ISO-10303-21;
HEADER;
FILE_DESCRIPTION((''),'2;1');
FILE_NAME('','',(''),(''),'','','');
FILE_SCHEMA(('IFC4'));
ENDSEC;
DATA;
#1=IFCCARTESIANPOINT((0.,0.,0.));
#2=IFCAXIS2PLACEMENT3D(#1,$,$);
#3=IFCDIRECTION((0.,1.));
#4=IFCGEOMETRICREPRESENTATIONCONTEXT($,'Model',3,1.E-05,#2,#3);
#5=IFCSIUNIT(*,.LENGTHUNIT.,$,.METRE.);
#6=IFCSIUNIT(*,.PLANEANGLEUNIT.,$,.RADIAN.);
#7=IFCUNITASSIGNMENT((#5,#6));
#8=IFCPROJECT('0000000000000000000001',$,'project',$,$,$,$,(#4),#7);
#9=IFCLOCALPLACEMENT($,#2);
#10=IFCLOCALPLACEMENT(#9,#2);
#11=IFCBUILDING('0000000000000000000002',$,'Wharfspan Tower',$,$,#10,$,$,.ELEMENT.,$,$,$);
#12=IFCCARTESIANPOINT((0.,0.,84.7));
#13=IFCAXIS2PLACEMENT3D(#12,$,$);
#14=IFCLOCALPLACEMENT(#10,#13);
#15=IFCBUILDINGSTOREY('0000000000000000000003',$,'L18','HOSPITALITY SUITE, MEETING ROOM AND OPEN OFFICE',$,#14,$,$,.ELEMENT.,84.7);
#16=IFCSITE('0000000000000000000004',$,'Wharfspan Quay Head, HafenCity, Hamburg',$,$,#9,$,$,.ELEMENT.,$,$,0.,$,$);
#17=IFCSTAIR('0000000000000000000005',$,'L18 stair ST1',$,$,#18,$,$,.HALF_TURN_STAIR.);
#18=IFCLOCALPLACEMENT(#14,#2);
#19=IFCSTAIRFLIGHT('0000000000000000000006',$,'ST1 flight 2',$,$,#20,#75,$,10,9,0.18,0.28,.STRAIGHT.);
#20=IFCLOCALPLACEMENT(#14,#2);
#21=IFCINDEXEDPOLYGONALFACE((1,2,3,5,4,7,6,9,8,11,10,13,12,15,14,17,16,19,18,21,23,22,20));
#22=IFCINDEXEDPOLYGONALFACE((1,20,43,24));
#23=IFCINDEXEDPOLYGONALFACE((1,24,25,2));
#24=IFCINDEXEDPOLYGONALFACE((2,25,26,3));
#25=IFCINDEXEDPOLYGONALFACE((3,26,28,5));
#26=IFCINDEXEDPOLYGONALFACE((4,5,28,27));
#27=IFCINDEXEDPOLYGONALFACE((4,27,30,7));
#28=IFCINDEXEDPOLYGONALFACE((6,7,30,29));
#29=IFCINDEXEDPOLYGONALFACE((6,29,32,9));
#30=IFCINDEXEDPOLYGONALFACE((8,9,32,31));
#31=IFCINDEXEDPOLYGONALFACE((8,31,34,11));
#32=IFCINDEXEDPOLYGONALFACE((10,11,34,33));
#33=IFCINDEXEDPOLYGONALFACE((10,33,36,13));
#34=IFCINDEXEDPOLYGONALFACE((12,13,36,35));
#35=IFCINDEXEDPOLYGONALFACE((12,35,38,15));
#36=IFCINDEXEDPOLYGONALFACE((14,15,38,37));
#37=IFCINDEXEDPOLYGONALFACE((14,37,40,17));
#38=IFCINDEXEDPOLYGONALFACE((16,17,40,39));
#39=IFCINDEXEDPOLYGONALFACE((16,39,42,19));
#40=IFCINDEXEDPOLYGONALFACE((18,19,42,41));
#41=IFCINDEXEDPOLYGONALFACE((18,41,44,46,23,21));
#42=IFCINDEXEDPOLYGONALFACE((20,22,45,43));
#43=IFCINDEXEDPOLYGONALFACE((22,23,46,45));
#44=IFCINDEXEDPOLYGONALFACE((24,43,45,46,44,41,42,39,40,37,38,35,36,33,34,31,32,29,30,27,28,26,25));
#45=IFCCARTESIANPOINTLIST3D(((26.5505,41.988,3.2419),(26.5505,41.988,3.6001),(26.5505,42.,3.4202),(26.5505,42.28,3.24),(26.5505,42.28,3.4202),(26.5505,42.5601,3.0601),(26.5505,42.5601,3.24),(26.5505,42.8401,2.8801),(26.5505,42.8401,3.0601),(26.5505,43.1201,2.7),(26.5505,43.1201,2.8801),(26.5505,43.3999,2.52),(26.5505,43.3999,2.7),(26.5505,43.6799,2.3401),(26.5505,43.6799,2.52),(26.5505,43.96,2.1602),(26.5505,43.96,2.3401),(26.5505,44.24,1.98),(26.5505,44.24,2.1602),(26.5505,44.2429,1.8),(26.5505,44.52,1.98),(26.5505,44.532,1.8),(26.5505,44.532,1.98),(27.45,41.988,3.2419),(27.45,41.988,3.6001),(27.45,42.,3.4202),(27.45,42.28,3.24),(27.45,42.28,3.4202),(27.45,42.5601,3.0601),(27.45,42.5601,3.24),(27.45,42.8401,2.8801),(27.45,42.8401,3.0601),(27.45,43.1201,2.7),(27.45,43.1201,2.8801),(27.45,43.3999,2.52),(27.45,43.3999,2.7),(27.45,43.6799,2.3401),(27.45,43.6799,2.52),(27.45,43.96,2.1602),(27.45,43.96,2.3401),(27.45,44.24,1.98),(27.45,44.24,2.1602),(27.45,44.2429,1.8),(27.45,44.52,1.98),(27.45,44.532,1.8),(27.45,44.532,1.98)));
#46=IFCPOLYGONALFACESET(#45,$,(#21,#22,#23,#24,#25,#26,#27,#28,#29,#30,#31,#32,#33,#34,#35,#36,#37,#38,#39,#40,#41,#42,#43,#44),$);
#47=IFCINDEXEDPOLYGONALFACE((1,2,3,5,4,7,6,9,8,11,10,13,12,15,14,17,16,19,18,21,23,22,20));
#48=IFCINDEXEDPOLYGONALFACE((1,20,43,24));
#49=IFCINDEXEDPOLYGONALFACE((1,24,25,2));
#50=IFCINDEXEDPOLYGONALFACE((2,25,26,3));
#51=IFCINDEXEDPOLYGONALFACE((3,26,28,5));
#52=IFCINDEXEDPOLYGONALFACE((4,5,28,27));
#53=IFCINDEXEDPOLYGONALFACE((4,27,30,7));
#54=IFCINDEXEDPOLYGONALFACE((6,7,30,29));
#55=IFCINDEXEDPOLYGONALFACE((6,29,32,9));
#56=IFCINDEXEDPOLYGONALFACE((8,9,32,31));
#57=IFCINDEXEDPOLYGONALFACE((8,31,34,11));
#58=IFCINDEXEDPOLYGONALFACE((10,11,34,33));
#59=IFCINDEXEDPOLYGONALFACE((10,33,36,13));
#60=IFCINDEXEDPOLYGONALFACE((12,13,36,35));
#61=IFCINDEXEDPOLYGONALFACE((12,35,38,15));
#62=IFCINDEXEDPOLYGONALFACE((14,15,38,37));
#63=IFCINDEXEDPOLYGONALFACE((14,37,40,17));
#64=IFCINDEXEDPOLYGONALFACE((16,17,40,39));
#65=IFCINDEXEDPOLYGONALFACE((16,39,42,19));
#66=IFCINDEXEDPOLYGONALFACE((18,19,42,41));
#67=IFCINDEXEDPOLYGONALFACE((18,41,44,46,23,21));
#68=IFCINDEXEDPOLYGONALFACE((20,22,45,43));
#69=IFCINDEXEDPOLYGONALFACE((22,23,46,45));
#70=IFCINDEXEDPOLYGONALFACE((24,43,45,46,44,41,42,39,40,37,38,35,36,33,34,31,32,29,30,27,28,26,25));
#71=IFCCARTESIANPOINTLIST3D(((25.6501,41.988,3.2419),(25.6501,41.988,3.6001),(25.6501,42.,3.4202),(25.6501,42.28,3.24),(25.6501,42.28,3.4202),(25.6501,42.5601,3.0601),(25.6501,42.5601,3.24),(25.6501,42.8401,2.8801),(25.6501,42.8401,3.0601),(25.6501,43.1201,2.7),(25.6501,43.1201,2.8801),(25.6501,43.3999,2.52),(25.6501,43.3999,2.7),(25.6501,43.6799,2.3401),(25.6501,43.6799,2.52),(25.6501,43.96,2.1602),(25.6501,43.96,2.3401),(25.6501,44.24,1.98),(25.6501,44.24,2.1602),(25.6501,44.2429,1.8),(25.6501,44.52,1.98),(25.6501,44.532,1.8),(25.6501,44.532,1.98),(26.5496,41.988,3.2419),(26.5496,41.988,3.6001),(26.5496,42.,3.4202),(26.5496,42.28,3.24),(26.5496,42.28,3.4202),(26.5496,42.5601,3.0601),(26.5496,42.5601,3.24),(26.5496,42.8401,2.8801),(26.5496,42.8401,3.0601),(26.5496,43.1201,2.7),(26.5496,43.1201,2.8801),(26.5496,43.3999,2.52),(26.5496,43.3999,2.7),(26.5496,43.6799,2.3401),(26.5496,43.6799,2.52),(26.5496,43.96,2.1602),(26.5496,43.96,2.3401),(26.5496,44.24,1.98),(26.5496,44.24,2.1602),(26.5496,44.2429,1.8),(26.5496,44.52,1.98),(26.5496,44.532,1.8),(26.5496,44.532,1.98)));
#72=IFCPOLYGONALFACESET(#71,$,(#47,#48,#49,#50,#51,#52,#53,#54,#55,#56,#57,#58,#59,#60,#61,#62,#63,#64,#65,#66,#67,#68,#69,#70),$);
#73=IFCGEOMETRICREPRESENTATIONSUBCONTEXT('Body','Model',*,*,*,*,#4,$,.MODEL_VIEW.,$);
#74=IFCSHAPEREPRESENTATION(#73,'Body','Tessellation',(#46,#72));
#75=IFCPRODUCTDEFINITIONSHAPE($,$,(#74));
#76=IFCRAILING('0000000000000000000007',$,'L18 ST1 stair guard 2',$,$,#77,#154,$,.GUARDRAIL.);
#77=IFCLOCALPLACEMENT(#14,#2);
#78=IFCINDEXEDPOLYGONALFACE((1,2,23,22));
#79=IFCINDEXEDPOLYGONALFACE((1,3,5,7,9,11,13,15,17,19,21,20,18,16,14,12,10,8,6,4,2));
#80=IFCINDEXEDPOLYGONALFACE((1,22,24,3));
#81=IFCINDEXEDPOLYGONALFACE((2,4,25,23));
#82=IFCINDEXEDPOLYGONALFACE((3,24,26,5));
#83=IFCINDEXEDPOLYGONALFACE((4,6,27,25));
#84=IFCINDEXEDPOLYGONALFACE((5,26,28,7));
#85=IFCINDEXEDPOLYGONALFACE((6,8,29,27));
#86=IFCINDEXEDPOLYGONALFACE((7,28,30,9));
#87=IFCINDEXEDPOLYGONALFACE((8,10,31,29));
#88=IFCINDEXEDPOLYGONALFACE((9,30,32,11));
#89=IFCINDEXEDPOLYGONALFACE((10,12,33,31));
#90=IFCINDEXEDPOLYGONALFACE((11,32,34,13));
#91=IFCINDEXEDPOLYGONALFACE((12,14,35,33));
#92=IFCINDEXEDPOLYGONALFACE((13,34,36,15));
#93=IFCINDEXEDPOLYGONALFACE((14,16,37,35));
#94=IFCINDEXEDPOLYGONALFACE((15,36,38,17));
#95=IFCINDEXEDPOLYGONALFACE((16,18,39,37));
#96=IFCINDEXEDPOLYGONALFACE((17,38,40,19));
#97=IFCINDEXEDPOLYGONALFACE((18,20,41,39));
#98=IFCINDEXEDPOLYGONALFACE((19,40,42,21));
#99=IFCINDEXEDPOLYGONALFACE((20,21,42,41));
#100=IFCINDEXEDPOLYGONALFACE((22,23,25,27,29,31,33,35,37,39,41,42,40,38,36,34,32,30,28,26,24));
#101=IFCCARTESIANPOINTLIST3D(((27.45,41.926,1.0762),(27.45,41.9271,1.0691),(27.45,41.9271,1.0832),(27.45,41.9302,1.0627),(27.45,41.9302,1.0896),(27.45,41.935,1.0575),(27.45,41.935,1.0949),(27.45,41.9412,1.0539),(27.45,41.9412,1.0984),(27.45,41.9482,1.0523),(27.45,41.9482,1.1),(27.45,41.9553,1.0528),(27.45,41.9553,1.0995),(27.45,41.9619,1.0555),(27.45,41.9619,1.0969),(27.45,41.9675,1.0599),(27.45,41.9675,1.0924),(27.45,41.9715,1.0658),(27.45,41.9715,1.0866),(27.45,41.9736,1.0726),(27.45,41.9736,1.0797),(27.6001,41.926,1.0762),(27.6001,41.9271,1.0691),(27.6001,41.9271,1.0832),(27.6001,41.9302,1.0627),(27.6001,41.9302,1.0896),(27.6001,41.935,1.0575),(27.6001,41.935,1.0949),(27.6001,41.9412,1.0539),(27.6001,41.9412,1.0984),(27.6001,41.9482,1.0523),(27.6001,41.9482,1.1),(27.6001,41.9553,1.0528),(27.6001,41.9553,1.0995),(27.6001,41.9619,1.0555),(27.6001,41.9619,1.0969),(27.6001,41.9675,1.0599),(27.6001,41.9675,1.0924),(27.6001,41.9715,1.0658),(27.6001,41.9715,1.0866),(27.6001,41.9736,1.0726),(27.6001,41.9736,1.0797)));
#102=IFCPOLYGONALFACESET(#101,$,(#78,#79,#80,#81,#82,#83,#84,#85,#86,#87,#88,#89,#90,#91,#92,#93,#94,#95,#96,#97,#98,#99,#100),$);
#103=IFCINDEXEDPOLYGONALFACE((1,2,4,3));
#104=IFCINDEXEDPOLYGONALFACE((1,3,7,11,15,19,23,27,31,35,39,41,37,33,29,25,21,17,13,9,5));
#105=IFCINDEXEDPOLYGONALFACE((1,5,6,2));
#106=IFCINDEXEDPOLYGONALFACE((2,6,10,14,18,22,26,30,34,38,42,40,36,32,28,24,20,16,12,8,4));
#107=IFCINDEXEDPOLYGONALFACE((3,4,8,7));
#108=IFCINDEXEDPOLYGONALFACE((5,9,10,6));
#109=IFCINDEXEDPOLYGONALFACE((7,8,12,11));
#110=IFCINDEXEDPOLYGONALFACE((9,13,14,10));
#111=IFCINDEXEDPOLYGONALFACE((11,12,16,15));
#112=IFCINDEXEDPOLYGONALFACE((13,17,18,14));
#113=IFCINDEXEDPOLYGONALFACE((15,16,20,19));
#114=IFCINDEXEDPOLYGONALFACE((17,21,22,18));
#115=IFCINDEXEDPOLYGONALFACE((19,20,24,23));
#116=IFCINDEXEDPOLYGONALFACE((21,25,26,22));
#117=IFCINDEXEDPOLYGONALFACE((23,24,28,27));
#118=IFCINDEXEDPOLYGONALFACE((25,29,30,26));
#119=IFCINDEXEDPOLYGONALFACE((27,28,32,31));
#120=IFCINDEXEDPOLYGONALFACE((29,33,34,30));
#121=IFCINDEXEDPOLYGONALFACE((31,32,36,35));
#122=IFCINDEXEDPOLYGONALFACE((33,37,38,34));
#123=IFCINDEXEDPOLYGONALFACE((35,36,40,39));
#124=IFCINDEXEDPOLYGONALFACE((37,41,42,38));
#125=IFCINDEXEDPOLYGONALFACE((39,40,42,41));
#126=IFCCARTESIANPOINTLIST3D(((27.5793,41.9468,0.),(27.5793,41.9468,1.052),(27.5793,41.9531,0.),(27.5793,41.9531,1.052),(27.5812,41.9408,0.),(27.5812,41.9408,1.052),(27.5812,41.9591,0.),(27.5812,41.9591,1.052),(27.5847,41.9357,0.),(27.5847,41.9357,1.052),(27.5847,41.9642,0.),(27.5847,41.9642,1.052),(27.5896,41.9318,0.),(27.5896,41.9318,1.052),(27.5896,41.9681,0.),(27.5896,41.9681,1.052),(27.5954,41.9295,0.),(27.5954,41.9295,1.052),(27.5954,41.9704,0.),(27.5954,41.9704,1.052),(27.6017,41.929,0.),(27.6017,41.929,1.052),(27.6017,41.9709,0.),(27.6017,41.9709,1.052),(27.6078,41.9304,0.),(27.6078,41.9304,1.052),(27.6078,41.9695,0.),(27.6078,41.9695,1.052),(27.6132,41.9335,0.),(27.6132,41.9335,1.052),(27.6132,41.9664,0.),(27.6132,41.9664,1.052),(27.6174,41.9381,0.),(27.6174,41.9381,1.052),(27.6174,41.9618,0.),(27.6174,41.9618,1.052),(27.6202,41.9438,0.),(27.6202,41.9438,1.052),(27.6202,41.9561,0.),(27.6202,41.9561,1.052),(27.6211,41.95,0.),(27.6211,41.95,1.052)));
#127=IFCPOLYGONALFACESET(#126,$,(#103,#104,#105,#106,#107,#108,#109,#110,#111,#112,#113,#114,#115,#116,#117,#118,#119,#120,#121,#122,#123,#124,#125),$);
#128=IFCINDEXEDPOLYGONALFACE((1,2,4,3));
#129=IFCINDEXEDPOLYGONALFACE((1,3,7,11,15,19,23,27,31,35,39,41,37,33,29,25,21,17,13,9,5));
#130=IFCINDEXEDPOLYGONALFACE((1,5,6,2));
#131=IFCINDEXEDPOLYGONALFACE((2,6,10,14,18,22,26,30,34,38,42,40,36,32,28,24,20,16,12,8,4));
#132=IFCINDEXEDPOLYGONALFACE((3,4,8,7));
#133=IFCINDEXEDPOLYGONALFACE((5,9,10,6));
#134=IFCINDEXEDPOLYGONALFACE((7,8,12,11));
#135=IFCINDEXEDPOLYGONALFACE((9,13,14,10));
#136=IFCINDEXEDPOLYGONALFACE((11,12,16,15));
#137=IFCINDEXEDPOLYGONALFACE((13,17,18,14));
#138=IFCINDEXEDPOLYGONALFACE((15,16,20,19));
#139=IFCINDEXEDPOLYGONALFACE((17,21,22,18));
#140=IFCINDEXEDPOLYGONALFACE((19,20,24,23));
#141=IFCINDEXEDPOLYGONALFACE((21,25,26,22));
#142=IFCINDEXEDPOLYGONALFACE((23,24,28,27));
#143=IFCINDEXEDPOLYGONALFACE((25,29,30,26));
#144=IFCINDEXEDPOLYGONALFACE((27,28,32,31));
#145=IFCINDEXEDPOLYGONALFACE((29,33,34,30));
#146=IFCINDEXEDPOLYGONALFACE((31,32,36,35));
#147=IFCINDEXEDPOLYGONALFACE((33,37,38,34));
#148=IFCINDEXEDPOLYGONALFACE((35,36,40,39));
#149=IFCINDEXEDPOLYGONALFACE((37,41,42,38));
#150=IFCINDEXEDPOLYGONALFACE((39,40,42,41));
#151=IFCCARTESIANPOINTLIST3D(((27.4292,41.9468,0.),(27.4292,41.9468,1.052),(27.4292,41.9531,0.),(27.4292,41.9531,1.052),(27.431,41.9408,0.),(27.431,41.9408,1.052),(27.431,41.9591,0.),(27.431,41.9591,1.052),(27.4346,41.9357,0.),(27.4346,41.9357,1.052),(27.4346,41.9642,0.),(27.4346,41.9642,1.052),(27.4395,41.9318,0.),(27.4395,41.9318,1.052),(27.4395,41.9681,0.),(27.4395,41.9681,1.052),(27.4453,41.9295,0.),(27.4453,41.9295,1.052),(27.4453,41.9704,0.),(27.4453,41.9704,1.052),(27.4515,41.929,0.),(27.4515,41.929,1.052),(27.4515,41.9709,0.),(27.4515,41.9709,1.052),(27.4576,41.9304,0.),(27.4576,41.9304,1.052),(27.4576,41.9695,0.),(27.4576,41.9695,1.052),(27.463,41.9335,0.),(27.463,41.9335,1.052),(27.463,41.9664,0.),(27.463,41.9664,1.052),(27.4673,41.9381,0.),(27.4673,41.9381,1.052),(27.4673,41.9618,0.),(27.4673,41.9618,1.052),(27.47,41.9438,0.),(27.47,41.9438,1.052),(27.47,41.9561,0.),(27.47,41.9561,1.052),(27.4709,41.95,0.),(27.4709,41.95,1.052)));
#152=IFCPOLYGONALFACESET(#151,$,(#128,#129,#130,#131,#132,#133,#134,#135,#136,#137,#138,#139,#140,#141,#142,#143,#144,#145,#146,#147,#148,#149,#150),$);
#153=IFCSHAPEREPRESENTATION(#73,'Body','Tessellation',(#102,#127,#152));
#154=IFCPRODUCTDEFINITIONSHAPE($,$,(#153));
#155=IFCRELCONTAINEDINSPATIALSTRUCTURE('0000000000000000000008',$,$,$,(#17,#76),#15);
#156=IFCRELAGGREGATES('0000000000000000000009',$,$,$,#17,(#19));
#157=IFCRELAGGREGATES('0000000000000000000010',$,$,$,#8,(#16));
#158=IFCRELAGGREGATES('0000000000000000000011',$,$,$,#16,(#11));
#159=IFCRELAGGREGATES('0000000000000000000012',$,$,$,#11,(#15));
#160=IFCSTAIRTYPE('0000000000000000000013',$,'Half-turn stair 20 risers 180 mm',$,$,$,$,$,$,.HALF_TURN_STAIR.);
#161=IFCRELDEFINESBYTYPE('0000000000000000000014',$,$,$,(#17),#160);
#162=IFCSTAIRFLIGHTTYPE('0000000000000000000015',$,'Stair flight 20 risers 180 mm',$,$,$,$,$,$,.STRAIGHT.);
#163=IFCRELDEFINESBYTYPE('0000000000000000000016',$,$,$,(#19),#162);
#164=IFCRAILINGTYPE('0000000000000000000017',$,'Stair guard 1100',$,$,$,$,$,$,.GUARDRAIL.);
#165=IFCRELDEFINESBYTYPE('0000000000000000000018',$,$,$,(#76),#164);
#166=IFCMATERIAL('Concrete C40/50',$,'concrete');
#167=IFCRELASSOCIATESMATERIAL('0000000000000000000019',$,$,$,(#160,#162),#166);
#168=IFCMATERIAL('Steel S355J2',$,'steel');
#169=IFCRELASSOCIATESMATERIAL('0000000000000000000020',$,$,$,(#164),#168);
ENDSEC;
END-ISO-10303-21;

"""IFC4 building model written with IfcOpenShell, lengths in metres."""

from ifc_helpers import new_model, si_unit, direction, frame, origin, origin_2d, place, context, subcontext, project, spatial, polyline, circle, outline, extrude, material, type_object, element, aggregate, save


model = new_model("IFC4")

# Units and contexts
model_context = context("Model", 3, precision=1e-05, world=origin(), true_north=direction((0.0, 1.0)))
body_context = subcontext(model_context, "Body", "Model", "MODEL_VIEW")
ifc_project = project(units=[si_unit("LENGTHUNIT", "METRE"), si_unit("PLANEANGLEUNIT", "RADIAN")], contexts=[model_context])

# Site, building, storey
site_placement = place(None, origin())
site = spatial("IfcSite", under=ifc_project, at=site_placement, Name="Wharfspan Quay Head, HafenCity, Hamburg", CompositionType="ELEMENT", RefElevation=0.0)
building_placement = place(site_placement, origin())
building = spatial("IfcBuilding", under=site, at=building_placement, Name="Wharfspan Tower", CompositionType="ELEMENT")
storey_placement = place(building_placement, frame((0.0, 0.0, 84.7)))
storey = spatial("IfcBuildingStorey", under=building, at=storey_placement, Name="L18", Description="HOSPITALITY SUITE, MEETING ROOM AND OPEN OFFICE", CompositionType="ELEMENT", Elevation=84.7)

# Shared definitions
ifc_material_1 = material(Name="Steel S355J2", Category="steel")

# Shared definitions
ifc_material_2 = material(Name="Concrete C40/50", Category="concrete")

# Stair, stair flight
stair_type = type_object("IfcStairType", Name="Half-turn stair 20 risers 180 mm", PredefinedType="HALF_TURN_STAIR", material=ifc_material_2)
stair_placement = place(storey_placement, origin())
stair = element("IfcStair", 1, at=stair_placement, inside=storey, type_object=stair_type, Name="L18 stair ST1", PredefinedType="HALF_TURN_STAIR")
stair_flight_type = type_object("IfcStairFlightType", Name="Stair flight 20 risers 180 mm", PredefinedType="STRAIGHT", material=ifc_material_2)
stair_flight_1_placement = place(storey_placement, frame((26.55, 44.52, 1.8), z_axis=(0.0, 0.0, 1.0), x_axis=(0.0, -1.0, 0.0)))
stair_flight_1 = element("IfcStairFlight", 2, at=stair_flight_1_placement, type_object=stair_flight_type, Name="ST1 flight 2", NumberOfRisers=10, NumberOfTreads=9, PredefinedType="STRAIGHT", RiserHeight=0.18, TreadLength=0.28, context=body_context, shape_type="SweptSolid", body=[
    extrude(outline(polyline([(-0.012, 0.0), (-0.012, 0.1799), (0.0, 0.1799), (0.28, 0.1799), (0.28, 0.3601), (0.5601, 0.3601), (0.5601, 0.54), (0.8401, 0.54), (0.8401, 0.72), (1.1201, 0.72), (1.1201, 0.8999), (1.3999, 0.8999), (1.3999, 1.0801), (1.6799, 1.0801), (1.6799, 1.26), (1.96, 1.26), (1.96, 1.4399), (2.24, 1.4399), (2.24, 1.6201), (2.52, 1.6201), (2.532, 1.8), (2.532, 1.4419), (0.2771, 0.0), (-0.012, 0.0)])), frame((0.0, 0.8999, 0.0), z_axis=(0.0, -1.0, 0.0), x_axis=(1.0, 0.0, 0.0)), (0.0, 0.0, 1.0), 0.8994),
    extrude(outline(polyline([(-0.012, 0.0), (-0.012, 0.1799), (0.0, 0.1799), (0.28, 0.1799), (0.28, 0.3601), (0.5601, 0.3601), (0.5601, 0.54), (0.8401, 0.54), (0.8401, 0.72), (1.1201, 0.72), (1.1201, 0.8999), (1.3999, 0.8999), (1.3999, 1.0801), (1.6799, 1.0801), (1.6799, 1.26), (1.96, 1.26), (1.96, 1.4399), (2.24, 1.4399), (2.24, 1.6201), (2.52, 1.6201), (2.532, 1.8), (2.532, 1.4419), (0.2771, 0.0), (-0.012, 0.0)])), frame((0.0, -0.0005, 0.0), z_axis=(0.0, -1.0, 0.0), x_axis=(1.0, 0.0, 0.0)), (0.0, 0.0, 1.0), 0.8994),
])
aggregate(stair, [stair_flight_1])

# Railing
railing_type_1 = type_object("IfcRailingType", Name="Stair guard 1100", PredefinedType="GUARDRAIL", material=ifc_material_1)
railing_1_placement = place(storey_placement, frame((27.6001, 41.95, 0.0)))
element("IfcRailing", 3, at=railing_1_placement, inside=storey, type_object=railing_type_1, Name="L18 ST1 stair guard 2", PredefinedType="GUARDRAIL", context=body_context, shape_type="SweptSolid", body=[
    extrude(circle(Radius=0.0239, at=origin_2d()), frame((0.0, 0.0, 1.0762), z_axis=(-1.0, 0.0, 0.0), x_axis=(0.0, -1.0, 0.0)), (0.0, 0.0, 1.0), 0.1501),
    extrude(circle(Radius=0.021, at=origin_2d()), origin(), (0.0, 0.0, 1.0), 1.052),
    extrude(circle(Radius=0.021, at=origin_2d()), frame((-0.1501, 0.0, 0.0)), (0.0, 0.0, 1.0), 1.052),
])

save(model, "model.ifc")
